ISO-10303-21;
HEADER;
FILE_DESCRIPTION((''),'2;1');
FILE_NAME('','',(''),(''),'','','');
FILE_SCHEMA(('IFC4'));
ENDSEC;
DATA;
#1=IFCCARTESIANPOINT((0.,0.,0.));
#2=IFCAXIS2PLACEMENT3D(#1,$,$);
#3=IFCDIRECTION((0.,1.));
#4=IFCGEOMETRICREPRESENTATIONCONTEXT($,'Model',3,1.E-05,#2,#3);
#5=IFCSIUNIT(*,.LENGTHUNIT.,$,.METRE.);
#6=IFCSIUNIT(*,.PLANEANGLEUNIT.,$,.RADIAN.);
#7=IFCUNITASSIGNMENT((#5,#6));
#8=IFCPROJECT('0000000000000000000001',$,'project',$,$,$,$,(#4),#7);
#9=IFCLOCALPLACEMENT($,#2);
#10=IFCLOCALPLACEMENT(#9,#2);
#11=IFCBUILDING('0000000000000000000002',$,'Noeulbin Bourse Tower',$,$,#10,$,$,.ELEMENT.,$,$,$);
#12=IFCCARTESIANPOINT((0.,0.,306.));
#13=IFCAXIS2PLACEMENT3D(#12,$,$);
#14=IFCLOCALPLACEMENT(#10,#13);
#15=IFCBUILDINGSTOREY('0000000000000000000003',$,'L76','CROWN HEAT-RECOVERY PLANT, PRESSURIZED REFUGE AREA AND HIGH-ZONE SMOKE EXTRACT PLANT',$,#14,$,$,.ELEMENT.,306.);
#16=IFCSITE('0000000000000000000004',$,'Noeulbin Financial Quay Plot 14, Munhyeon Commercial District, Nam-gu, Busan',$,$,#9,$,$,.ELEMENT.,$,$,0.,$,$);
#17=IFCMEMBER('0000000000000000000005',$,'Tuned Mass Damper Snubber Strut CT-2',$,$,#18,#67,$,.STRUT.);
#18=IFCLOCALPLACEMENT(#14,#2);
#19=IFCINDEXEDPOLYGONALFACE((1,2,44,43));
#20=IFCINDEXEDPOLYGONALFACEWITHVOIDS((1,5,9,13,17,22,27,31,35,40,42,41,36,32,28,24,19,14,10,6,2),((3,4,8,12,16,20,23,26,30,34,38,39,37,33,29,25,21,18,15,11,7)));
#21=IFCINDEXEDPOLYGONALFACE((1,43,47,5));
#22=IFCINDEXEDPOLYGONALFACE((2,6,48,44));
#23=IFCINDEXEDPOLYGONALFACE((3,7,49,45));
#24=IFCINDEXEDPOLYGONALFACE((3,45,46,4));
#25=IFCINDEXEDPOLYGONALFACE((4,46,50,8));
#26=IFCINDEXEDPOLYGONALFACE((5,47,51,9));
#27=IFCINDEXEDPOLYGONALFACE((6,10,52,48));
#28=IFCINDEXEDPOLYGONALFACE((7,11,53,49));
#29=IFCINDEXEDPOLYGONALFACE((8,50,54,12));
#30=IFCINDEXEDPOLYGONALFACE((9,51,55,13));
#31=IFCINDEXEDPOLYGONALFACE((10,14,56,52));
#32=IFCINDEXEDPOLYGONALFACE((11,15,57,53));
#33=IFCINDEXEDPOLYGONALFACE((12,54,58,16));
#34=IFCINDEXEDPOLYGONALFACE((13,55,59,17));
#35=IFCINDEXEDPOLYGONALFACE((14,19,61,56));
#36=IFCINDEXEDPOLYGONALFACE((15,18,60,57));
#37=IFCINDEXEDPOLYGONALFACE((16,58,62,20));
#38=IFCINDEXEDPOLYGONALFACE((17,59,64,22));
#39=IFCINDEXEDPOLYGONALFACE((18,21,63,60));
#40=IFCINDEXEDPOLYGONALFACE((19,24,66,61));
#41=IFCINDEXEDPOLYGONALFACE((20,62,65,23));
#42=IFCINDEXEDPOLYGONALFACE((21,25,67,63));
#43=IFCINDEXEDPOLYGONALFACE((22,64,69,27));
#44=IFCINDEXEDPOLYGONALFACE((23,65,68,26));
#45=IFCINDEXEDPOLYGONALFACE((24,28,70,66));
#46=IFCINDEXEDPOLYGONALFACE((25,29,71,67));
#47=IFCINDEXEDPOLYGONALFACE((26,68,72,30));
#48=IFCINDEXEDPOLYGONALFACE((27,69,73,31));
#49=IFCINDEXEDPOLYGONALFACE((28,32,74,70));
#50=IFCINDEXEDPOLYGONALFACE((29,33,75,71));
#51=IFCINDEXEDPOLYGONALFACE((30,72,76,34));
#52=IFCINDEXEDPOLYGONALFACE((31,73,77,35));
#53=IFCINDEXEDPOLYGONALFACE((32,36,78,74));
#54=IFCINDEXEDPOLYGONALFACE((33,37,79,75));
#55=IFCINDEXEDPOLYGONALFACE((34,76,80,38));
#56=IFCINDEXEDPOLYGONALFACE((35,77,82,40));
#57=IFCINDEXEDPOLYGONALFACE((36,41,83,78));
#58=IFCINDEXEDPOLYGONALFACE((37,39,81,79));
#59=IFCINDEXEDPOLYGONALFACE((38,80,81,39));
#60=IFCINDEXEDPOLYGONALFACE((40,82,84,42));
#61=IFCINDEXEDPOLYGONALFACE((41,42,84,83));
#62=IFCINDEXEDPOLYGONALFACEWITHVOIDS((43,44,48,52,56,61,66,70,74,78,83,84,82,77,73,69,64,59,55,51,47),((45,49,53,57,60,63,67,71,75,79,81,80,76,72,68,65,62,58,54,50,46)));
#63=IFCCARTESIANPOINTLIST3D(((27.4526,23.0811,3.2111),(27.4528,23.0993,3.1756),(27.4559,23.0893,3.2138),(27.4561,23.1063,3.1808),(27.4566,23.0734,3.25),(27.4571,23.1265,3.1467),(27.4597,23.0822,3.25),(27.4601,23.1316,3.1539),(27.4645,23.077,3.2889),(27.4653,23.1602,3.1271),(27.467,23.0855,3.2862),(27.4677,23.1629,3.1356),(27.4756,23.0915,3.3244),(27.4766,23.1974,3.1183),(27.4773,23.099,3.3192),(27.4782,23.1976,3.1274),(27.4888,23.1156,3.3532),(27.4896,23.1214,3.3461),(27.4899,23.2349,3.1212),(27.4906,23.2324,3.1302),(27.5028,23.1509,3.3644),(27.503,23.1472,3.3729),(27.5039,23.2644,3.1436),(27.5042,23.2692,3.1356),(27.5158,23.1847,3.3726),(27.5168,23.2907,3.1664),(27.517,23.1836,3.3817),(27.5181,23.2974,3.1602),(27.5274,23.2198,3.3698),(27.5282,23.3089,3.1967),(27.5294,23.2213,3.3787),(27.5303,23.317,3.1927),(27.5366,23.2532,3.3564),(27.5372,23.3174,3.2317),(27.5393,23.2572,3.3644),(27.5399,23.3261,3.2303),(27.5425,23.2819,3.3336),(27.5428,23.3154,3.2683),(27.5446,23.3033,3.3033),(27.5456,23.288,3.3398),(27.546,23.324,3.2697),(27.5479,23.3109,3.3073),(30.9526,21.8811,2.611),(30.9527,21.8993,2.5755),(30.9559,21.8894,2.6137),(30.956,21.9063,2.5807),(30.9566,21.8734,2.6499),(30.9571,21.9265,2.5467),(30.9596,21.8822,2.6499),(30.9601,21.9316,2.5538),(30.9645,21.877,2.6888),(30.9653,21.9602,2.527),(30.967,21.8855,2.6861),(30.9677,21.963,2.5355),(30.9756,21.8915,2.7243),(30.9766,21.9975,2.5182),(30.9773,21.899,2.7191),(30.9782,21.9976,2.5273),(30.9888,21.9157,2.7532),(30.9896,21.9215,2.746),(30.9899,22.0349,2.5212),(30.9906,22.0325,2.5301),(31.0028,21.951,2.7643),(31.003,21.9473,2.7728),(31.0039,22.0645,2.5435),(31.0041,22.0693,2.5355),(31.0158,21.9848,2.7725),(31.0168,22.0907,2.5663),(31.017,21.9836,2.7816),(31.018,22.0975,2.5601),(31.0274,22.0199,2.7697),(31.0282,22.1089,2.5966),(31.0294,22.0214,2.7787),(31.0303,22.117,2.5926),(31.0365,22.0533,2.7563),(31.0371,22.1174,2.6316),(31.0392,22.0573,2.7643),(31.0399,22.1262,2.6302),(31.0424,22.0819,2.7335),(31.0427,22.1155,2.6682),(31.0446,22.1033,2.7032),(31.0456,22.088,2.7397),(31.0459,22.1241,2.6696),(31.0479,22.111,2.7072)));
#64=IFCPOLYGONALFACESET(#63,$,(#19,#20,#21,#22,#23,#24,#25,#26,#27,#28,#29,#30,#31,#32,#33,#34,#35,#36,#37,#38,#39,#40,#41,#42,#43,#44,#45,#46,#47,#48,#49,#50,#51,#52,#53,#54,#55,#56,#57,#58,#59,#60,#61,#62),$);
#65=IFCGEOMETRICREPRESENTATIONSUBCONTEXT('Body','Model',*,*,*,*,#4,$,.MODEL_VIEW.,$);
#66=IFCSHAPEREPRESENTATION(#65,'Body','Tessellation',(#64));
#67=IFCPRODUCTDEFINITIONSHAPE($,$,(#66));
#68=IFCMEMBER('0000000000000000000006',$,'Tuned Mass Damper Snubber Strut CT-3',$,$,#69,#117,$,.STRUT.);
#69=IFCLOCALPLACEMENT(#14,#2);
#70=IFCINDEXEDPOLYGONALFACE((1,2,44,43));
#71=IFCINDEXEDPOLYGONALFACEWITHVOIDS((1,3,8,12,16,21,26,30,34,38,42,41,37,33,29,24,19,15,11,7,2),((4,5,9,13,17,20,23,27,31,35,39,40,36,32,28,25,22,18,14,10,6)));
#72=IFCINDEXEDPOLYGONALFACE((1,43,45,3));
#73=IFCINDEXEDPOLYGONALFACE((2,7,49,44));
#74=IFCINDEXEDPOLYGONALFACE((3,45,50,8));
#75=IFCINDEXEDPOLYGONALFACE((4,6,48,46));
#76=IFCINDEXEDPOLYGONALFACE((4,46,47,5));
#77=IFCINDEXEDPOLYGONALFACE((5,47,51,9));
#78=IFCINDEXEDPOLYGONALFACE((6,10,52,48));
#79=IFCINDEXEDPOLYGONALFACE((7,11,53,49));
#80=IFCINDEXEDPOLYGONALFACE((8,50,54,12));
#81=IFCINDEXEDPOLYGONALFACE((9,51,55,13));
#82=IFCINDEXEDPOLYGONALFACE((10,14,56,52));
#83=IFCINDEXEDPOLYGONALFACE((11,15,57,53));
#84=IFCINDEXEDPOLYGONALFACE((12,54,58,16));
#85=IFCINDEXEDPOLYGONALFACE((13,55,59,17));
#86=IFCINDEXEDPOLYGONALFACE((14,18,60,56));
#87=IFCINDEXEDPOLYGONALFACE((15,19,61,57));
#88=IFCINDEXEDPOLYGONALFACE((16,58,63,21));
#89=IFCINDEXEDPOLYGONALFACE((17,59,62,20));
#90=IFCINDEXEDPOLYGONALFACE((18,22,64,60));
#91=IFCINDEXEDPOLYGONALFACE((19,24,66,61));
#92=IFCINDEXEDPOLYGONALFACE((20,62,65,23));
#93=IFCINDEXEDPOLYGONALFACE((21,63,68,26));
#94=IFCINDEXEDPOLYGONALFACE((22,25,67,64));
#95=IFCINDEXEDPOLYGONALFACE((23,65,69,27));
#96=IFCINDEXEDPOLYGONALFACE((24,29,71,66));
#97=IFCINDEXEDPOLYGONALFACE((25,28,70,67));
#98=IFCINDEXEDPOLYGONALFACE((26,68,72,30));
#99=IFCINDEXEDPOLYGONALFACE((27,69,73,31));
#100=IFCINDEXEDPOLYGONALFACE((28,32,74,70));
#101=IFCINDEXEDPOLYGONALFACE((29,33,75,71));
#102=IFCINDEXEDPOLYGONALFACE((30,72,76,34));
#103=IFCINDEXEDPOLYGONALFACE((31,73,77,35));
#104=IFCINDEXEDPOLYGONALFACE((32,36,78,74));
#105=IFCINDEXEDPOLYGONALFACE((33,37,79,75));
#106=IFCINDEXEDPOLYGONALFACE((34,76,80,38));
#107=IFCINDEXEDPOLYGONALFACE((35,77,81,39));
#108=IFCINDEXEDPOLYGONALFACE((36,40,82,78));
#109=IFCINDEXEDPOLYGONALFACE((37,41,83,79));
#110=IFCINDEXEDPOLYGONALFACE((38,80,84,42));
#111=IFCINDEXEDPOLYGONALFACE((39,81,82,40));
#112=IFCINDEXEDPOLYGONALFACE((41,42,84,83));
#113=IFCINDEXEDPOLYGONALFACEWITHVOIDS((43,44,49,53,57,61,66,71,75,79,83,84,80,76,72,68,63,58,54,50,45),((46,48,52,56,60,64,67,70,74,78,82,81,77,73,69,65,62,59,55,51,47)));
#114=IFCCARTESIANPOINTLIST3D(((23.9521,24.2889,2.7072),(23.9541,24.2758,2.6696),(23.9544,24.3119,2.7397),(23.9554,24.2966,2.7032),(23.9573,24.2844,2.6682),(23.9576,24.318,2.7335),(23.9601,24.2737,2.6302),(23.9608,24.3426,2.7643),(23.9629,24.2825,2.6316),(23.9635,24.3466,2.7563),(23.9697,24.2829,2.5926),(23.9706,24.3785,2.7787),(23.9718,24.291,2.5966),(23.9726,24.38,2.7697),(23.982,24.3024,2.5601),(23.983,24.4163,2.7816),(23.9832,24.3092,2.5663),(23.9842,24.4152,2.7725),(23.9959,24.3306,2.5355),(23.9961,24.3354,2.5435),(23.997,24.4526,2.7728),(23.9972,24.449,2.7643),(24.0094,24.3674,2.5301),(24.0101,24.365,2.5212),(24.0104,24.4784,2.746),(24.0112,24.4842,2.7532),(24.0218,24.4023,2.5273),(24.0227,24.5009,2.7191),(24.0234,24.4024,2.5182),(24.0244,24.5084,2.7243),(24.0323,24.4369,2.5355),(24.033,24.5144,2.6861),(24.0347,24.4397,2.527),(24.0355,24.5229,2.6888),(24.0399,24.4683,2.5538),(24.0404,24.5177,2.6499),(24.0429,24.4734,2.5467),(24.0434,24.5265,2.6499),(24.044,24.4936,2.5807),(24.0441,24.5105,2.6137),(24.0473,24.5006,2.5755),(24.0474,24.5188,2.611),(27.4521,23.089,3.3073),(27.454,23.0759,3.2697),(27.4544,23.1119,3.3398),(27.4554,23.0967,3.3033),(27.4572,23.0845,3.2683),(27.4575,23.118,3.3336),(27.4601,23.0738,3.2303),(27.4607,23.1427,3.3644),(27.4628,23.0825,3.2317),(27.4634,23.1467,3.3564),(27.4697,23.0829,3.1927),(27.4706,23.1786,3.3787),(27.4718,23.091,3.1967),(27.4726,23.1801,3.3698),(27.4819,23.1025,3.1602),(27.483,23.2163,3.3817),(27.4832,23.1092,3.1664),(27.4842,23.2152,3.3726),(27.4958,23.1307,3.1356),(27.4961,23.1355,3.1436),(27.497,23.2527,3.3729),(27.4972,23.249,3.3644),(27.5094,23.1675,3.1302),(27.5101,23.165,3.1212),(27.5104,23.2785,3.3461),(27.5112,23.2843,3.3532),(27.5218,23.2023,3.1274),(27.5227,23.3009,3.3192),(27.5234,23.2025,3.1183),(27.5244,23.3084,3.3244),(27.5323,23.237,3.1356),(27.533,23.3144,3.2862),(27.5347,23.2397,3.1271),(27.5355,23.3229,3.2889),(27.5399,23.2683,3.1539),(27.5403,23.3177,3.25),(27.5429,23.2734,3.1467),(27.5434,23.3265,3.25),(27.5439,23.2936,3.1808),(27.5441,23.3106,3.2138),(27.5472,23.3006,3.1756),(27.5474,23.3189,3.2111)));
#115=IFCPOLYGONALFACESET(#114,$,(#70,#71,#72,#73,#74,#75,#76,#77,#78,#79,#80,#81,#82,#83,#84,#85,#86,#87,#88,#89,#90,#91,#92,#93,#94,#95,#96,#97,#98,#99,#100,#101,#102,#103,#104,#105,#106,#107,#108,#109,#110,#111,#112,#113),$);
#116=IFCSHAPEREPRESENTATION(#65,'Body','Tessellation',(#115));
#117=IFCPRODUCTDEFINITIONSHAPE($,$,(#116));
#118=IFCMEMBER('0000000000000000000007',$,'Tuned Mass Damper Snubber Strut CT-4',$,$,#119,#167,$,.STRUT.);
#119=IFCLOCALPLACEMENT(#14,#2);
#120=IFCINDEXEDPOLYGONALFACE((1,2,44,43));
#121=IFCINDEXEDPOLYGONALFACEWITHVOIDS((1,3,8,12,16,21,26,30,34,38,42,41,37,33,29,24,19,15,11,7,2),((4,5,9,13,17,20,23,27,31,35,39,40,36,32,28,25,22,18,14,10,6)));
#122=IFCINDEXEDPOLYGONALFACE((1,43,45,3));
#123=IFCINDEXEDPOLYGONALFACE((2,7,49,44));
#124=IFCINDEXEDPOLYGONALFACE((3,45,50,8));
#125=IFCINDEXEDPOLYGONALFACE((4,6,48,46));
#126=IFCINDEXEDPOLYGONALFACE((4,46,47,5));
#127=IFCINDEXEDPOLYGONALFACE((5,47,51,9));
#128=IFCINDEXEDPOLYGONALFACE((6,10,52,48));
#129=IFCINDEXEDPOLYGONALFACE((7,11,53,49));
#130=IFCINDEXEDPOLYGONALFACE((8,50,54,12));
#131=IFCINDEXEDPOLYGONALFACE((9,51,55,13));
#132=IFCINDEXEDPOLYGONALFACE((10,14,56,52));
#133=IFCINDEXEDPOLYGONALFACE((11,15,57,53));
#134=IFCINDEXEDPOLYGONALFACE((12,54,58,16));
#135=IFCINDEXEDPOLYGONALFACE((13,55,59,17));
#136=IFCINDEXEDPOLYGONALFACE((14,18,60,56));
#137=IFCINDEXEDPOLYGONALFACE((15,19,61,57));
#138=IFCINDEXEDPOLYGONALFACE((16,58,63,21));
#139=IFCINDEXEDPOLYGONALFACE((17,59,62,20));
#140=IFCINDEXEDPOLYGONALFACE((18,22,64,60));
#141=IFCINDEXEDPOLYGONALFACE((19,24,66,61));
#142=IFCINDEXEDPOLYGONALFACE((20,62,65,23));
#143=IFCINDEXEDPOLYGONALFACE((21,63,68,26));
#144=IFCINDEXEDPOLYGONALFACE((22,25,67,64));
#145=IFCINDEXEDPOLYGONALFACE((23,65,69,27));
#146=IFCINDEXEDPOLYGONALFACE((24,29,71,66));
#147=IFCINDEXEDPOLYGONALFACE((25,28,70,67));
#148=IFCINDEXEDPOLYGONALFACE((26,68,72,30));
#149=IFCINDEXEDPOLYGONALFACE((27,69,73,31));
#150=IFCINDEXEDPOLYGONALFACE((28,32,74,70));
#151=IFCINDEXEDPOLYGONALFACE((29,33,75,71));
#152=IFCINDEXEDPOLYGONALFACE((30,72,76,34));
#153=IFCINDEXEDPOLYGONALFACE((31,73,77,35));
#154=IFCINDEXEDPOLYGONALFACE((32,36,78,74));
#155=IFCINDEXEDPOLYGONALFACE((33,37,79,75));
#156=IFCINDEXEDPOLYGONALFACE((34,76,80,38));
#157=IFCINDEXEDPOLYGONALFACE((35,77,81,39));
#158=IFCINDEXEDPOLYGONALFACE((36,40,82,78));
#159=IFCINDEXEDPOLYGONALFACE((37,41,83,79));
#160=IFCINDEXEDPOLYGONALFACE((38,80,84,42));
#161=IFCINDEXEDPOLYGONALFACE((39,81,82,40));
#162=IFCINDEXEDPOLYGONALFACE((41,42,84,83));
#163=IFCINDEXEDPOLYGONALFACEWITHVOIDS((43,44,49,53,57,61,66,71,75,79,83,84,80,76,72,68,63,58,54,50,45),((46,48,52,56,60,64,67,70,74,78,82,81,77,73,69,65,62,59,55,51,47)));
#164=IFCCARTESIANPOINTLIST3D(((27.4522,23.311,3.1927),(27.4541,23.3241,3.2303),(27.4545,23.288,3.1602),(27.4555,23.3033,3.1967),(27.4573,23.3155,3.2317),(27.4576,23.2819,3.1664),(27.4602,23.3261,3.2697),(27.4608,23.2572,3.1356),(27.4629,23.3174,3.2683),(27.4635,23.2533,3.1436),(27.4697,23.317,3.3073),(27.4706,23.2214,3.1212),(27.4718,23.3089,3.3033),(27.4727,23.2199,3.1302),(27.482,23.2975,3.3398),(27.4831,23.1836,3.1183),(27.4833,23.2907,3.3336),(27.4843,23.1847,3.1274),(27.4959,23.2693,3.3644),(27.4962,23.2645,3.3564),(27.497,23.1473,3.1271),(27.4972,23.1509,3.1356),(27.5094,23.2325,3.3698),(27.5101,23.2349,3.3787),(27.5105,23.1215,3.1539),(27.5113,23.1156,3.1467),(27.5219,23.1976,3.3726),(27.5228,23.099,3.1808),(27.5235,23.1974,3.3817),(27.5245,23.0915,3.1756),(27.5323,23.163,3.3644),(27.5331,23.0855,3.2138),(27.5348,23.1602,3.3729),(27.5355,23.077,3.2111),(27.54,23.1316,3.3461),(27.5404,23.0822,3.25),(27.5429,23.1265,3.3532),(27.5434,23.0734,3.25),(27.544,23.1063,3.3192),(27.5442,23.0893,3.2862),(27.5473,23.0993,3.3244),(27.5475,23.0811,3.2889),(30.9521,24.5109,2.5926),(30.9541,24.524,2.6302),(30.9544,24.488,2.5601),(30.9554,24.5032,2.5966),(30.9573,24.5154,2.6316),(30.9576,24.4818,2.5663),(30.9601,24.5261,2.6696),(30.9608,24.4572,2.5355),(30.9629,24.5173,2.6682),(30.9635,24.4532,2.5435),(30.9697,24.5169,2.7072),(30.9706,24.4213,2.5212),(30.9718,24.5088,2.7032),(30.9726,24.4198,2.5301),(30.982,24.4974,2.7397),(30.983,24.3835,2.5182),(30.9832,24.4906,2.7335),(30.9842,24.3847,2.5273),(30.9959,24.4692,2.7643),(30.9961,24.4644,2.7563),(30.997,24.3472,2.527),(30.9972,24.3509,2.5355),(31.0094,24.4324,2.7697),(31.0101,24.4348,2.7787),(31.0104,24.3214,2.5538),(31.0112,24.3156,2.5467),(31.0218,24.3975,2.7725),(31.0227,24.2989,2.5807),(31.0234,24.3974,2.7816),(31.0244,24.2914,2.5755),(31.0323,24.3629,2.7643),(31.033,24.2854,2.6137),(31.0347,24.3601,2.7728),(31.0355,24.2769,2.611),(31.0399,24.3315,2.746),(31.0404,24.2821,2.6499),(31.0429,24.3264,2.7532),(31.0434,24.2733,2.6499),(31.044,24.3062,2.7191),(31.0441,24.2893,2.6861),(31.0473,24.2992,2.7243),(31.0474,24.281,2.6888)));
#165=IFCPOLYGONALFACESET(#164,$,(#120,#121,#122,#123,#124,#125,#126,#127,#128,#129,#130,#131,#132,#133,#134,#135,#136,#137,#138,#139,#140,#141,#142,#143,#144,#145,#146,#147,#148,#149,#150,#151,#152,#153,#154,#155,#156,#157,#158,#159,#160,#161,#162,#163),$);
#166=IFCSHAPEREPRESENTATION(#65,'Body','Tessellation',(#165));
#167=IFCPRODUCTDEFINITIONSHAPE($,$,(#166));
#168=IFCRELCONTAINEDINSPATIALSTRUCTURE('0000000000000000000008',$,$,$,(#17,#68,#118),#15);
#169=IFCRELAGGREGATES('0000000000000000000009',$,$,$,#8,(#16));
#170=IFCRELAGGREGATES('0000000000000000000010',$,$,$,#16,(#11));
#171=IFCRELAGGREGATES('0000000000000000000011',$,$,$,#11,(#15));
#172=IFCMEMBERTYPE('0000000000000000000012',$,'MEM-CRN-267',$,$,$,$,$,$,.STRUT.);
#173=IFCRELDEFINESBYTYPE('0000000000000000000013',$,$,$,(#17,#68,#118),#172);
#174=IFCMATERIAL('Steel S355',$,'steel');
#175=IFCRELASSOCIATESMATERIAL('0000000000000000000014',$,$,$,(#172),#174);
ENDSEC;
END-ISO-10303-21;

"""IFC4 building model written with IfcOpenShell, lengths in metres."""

from ifc_helpers import new_model, si_unit, direction, frame, origin, origin_2d, place, context, subcontext, project, spatial, hollow_circle, extrude, material, material_profile, profile_set, type_object, element, save


model = new_model("IFC4")

# Units and contexts
model_context = context("Model", 3, precision=1e-05, world=origin(), true_north=direction((0.0, 1.0)))
body_context = subcontext(model_context, "Body", "Model", "MODEL_VIEW")
ifc_project = project(units=[si_unit("LENGTHUNIT", "METRE"), si_unit("PLANEANGLEUNIT", "RADIAN")], contexts=[model_context])

# Site, building, storey
site_placement = place(None, origin())
site = spatial("IfcSite", under=ifc_project, at=site_placement, Name="Noeulbin Financial Quay Plot 14, Munhyeon Commercial District, Nam-gu, Busan", CompositionType="ELEMENT", RefElevation=0.0)
building_placement = place(site_placement, origin())
building = spatial("IfcBuilding", under=site, at=building_placement, Name="Noeulbin Bourse Tower", CompositionType="ELEMENT")
storey_placement = place(building_placement, frame((0.0, 0.0, 306.0)))
storey = spatial("IfcBuildingStorey", under=building, at=storey_placement, Name="L76", Description="CROWN HEAT-RECOVERY PLANT, PRESSURIZED REFUGE AREA AND HIGH-ZONE SMOKE EXTRACT PLANT", CompositionType="ELEMENT", Elevation=306.0)

# Shared definitions
ifc_material_1 = material(Name="Steel S355", Category="steel")

# Members
ifc_material_profile_1 = material_profile(ifc_material_1, hollow_circle(Radius=0.1338, WallThickness=0.0093, at=origin_2d()), Name="CHS-267.4x9.3", Category="LoadBearing")
ifc_profile_set_1 = profile_set([ifc_material_profile_1], Name="Steel S355")
member_type_1 = type_object("IfcMemberType", Name="MEM-CRN-267", PredefinedType="STRUT", material=ifc_profile_set_1)
for number, where, z_axis, x_axis, name in (
    (1, (31.0, 22.0, 2.6499), (-0.933748, 0.320129, 0.160097), (-0.324313, -0.94595, 0.0), "Tuned Mass Damper Snubber Strut CT-2"),
    (2, (24.0, 24.3999, 2.6499), (0.933748, -0.320129, 0.160097), (0.324313, 0.94595, 0.0), "Tuned Mass Damper Snubber Strut CT-3"),
    (3, (31.0, 24.3999, 2.6499), (-0.933748, -0.320129, 0.160097), (0.324313, -0.94595, 0.0), "Tuned Mass Damper Snubber Strut CT-4"),
):
    element("IfcMember", number, at=place(storey_placement, frame(where, z_axis=z_axis, x_axis=x_axis)), inside=storey, type_object=member_type_1, Name=name, PredefinedType="STRUT", context=body_context, shape_type="SweptSolid", body=[
        extrude(hollow_circle(Radius=0.1338, WallThickness=0.0093, at=origin_2d()), origin(), (0.0, 0.0, 1.0), 3.7483),
    ])

save(model, "model.ifc")
